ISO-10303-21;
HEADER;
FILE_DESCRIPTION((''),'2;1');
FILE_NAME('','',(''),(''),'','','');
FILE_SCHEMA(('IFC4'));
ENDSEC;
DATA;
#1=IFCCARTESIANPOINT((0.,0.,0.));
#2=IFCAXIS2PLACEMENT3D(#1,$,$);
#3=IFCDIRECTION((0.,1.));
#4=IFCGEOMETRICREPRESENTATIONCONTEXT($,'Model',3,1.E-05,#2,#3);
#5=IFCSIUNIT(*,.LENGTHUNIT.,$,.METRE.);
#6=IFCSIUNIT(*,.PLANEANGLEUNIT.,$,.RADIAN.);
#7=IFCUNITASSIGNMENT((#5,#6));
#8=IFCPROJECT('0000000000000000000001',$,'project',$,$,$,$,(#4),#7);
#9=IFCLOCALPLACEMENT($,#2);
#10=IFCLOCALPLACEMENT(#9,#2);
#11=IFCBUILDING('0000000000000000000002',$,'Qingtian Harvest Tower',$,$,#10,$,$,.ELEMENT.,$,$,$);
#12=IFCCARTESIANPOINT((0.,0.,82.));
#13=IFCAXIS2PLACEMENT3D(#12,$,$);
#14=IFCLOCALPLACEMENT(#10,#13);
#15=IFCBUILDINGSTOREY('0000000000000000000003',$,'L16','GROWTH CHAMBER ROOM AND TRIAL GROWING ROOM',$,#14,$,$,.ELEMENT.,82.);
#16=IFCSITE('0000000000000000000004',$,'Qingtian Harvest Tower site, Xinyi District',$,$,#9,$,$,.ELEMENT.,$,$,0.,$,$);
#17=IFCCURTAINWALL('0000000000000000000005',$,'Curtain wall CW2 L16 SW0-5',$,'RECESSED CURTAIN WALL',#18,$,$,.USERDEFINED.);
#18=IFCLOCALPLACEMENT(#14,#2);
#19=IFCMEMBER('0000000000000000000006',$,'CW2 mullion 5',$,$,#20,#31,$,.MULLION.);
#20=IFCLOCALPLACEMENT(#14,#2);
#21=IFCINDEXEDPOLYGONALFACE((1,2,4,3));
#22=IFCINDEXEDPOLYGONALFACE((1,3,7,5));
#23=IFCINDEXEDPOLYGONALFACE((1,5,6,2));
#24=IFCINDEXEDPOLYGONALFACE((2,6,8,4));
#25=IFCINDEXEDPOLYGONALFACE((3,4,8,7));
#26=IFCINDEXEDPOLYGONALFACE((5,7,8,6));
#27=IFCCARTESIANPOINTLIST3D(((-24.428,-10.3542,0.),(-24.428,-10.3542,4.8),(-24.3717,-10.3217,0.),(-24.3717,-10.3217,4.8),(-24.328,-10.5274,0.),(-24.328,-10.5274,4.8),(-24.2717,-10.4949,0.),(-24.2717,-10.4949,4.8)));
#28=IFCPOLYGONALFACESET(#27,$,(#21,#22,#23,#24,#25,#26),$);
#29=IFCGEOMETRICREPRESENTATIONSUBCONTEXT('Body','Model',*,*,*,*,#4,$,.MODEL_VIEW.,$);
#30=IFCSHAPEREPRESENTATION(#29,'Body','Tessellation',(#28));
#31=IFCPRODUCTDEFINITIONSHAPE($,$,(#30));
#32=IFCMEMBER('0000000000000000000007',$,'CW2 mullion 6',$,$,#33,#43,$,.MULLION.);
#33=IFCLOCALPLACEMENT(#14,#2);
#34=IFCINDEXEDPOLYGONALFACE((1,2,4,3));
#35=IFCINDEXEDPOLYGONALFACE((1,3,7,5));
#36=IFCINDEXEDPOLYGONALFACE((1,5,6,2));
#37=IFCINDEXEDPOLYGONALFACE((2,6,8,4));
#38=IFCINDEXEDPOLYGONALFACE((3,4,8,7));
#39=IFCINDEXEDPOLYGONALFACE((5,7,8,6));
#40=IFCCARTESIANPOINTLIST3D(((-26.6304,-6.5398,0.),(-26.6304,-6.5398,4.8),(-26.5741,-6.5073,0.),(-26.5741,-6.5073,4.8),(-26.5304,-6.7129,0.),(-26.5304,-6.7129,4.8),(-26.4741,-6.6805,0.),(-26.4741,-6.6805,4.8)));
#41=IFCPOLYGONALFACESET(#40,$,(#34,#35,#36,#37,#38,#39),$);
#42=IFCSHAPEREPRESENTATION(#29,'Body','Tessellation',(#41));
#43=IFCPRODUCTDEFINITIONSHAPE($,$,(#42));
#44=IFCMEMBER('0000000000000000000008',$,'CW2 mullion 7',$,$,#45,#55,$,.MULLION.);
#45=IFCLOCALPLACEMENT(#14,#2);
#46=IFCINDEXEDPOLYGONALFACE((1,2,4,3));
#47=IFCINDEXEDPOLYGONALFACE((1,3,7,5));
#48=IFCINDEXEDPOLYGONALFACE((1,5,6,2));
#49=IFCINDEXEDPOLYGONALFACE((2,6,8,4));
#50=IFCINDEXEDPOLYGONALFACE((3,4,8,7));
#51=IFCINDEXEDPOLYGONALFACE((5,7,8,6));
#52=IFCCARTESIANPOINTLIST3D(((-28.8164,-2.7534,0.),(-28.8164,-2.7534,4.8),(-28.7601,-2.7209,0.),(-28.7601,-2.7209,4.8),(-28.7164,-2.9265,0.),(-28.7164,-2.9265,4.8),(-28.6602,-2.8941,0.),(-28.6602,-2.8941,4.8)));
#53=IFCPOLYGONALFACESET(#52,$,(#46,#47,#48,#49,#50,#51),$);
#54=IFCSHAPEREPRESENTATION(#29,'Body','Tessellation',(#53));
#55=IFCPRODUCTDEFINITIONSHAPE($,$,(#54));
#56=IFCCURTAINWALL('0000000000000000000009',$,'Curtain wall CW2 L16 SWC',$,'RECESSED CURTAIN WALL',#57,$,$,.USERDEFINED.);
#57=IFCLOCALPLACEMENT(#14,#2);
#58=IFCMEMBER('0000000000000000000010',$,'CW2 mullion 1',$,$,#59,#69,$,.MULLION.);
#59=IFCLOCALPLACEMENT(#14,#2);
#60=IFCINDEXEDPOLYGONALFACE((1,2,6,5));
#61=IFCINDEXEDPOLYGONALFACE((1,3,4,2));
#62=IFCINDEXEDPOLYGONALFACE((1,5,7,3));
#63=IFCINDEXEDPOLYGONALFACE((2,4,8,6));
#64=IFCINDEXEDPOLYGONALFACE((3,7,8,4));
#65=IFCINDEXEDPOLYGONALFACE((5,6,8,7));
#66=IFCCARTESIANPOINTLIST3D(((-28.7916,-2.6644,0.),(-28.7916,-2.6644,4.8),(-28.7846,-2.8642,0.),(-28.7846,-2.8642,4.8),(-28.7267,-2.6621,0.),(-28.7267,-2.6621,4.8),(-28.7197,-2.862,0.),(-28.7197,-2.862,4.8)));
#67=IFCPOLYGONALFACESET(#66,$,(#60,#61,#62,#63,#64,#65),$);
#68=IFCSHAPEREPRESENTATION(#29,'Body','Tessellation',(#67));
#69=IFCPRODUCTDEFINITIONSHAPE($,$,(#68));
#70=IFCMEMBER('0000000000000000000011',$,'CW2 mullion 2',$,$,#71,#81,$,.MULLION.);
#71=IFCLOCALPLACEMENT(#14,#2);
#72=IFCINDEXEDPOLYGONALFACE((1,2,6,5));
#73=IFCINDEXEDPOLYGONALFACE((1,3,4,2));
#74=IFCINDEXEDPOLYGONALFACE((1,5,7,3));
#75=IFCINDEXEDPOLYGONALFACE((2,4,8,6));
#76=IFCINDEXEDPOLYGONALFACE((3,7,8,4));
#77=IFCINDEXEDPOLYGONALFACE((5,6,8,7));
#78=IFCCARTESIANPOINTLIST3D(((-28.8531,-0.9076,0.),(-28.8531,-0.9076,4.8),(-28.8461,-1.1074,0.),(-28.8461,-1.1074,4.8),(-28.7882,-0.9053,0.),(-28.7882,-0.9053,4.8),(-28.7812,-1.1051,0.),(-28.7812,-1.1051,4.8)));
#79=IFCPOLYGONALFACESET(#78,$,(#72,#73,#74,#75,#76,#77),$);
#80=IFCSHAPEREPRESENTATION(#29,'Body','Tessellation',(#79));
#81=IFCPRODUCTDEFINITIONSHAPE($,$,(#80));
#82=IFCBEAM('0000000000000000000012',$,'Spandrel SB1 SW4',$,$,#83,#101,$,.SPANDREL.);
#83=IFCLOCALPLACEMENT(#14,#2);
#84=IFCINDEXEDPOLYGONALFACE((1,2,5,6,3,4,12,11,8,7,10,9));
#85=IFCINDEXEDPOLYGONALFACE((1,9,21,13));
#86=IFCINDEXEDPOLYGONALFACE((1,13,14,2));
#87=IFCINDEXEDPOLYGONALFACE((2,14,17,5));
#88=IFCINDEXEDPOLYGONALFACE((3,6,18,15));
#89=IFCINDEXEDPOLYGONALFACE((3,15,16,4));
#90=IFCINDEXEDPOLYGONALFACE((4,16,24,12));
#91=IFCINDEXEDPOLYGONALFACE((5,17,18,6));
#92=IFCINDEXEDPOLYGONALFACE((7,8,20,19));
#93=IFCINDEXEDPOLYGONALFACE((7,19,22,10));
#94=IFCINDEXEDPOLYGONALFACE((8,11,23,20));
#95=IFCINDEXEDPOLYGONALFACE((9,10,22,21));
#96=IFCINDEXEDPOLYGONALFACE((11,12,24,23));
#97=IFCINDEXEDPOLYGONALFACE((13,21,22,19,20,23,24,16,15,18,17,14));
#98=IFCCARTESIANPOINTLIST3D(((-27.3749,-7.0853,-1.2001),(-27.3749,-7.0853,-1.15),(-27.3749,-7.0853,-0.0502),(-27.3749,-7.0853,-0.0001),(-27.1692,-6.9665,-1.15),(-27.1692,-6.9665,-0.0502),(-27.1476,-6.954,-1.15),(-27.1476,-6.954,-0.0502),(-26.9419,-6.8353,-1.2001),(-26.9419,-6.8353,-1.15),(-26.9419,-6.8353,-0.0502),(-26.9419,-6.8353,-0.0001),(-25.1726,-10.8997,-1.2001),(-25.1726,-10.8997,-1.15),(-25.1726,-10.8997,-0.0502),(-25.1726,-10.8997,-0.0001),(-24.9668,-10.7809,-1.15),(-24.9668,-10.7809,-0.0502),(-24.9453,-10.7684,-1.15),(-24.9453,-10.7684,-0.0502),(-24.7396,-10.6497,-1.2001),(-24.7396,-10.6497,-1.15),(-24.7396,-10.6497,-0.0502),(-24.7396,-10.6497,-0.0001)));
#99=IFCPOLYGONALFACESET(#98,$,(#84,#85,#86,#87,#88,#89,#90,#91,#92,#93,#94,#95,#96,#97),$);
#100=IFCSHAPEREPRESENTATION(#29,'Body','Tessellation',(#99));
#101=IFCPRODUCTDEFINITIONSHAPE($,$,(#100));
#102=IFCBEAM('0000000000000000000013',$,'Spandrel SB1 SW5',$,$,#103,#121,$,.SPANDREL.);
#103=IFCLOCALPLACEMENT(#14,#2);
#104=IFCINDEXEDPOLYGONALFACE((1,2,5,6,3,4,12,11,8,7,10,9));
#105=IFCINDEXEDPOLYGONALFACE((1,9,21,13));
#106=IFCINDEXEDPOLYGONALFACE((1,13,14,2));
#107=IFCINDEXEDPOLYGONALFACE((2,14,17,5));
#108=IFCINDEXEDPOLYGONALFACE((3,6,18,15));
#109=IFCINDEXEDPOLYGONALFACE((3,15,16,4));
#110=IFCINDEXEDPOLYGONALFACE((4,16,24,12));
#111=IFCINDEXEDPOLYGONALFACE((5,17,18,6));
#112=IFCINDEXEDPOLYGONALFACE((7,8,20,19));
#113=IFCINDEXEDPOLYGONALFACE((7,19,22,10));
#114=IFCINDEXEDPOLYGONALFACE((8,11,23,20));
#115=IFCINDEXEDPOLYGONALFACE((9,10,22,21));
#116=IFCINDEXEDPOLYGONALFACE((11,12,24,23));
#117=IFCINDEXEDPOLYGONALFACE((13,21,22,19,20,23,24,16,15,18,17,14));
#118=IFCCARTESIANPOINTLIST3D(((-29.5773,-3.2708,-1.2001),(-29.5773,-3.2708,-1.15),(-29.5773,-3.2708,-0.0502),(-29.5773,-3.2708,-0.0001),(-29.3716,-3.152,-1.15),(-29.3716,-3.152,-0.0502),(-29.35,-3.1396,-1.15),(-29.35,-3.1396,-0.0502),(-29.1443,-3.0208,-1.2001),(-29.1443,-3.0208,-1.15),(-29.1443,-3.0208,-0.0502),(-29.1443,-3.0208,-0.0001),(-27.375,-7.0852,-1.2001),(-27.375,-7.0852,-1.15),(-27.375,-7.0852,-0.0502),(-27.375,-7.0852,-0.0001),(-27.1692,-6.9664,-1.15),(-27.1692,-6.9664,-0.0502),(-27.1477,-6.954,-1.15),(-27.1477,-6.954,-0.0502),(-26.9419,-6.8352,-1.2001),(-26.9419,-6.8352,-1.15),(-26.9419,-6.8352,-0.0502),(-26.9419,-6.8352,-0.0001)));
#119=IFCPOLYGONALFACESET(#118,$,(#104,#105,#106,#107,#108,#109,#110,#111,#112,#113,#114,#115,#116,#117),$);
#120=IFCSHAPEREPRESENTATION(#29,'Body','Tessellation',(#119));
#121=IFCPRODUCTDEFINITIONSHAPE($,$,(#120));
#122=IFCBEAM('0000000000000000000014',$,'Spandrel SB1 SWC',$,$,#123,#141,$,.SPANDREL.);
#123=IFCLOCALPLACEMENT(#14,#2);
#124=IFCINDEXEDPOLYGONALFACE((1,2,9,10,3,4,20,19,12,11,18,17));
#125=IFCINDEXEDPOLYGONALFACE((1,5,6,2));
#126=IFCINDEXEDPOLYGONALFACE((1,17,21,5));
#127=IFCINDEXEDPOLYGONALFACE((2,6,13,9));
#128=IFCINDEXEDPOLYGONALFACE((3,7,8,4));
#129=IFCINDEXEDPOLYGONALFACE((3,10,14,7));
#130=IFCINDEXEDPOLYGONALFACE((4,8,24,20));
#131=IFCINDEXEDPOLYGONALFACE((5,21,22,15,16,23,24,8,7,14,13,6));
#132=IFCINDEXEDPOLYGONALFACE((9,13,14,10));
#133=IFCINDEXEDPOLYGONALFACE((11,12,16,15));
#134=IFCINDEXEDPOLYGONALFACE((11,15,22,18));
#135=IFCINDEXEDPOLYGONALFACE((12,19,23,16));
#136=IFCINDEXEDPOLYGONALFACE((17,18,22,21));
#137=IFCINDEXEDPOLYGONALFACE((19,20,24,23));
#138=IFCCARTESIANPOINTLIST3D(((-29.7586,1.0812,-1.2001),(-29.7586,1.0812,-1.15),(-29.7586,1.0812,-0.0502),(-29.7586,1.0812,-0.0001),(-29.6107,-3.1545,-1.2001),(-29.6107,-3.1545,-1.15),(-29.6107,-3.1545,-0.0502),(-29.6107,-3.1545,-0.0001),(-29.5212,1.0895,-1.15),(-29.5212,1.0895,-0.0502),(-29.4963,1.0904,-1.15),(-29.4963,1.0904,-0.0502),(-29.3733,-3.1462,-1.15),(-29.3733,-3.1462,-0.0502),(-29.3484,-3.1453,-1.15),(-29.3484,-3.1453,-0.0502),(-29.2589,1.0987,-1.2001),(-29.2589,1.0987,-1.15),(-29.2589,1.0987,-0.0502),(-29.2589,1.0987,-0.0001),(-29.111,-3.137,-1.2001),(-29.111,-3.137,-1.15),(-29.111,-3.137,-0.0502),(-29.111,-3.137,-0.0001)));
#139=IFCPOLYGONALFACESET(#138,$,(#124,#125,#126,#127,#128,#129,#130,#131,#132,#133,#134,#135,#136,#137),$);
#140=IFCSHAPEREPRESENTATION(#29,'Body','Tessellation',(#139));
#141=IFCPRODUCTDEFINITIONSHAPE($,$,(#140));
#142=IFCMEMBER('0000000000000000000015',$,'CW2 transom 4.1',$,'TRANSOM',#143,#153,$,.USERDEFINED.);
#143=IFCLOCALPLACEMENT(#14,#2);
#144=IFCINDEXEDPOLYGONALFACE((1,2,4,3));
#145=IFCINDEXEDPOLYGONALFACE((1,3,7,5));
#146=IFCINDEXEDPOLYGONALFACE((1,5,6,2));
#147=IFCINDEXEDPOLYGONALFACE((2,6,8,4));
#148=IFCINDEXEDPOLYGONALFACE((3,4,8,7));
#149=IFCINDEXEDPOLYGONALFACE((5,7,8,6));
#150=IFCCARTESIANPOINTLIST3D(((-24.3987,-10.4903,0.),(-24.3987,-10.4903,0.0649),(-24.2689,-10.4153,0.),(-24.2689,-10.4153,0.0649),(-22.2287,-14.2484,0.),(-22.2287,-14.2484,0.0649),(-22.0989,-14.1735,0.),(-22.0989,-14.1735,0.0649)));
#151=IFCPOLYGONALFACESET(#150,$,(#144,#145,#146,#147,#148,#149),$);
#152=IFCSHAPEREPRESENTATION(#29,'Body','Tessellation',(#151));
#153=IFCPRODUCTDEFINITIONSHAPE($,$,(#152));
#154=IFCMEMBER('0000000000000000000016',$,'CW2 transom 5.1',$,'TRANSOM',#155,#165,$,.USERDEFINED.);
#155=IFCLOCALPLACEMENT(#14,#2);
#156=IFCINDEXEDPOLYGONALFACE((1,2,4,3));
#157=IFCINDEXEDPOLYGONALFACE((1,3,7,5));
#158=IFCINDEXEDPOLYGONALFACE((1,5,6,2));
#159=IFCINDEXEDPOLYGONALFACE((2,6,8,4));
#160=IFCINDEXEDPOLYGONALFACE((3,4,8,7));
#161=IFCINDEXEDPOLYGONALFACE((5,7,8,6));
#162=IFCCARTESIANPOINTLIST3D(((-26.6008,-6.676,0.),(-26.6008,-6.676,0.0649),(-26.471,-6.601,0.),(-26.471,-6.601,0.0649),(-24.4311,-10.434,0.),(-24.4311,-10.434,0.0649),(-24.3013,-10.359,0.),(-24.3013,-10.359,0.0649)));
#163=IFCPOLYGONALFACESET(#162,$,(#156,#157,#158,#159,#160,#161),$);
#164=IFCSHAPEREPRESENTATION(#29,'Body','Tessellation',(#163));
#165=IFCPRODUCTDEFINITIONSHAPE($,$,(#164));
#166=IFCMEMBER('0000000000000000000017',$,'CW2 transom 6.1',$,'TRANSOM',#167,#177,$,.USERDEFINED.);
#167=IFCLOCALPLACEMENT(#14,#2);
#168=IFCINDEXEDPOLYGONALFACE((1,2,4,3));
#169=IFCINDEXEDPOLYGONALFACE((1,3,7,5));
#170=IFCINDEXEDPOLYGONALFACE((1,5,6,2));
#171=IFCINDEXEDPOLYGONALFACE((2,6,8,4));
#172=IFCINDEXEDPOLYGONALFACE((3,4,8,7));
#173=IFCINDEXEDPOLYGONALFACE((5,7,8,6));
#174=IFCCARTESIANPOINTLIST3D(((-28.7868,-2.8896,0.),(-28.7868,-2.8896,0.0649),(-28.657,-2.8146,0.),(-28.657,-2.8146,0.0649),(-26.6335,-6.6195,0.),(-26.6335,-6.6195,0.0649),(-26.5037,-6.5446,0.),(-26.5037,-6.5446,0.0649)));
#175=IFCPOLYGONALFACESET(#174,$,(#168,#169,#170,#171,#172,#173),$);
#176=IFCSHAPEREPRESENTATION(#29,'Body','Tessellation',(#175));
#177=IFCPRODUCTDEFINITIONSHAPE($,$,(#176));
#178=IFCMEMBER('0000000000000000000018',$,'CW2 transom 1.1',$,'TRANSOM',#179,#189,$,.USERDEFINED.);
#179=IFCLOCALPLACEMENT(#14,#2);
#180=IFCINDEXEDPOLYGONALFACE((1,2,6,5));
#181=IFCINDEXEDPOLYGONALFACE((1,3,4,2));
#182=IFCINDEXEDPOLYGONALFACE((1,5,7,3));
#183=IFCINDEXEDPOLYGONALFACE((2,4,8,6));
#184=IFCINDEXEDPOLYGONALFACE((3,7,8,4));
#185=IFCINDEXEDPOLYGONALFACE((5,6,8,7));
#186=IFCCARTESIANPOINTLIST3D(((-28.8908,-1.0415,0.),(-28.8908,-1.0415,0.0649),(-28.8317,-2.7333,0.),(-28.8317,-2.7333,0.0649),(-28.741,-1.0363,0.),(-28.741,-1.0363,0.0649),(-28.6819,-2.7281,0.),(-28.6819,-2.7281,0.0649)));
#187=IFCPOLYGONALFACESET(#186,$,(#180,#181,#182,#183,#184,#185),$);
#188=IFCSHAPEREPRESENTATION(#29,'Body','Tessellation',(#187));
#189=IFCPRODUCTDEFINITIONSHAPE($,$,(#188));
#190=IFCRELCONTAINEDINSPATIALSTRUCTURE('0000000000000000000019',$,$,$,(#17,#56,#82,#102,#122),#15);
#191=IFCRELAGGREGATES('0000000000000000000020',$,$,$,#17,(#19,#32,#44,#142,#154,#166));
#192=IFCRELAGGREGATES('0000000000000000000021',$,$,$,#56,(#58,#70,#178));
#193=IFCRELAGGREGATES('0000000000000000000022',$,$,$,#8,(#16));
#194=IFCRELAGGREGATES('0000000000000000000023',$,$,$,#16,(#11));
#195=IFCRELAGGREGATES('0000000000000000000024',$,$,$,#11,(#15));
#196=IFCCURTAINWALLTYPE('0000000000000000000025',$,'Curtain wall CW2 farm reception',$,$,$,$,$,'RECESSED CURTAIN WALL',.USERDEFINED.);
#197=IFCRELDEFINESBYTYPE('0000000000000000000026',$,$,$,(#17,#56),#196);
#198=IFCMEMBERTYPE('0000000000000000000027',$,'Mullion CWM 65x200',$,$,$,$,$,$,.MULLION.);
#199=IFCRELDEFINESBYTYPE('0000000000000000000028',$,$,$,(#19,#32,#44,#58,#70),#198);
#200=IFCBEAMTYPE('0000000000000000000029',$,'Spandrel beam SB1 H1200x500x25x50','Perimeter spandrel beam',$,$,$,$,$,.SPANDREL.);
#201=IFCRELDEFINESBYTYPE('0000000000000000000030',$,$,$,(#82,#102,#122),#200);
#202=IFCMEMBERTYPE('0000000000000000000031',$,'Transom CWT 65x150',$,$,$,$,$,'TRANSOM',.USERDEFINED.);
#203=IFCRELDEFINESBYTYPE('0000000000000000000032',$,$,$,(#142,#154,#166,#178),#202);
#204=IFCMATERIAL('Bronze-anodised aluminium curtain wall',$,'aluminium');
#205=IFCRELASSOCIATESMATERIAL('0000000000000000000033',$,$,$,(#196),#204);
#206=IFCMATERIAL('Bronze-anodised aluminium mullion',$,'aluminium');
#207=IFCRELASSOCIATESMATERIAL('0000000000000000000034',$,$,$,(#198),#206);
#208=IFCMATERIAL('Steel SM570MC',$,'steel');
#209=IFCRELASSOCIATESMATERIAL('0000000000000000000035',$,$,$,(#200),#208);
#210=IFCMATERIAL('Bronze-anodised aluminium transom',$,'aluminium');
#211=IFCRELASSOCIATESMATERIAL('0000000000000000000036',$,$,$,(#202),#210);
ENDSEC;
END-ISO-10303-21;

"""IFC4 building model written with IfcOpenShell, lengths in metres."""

from ifc_helpers import new_model, si_unit, direction, frame, origin, origin_2d, place, context, subcontext, project, spatial, rectangle, i_section, extrude, material, material_profile, profile_set, type_object, element, aggregate, save


model = new_model("IFC4")

# Units and contexts
model_context = context("Model", 3, precision=1e-05, world=origin(), true_north=direction((0.0, 1.0)))
body_context = subcontext(model_context, "Body", "Model", "MODEL_VIEW")
ifc_project = project(units=[si_unit("LENGTHUNIT", "METRE"), si_unit("PLANEANGLEUNIT", "RADIAN")], contexts=[model_context])

# Site, building, storey
site_placement = place(None, origin())
site = spatial("IfcSite", under=ifc_project, at=site_placement, Name="Qingtian Harvest Tower site, Xinyi District", CompositionType="ELEMENT", RefElevation=0.0)
building_placement = place(site_placement, origin())
building = spatial("IfcBuilding", under=site, at=building_placement, Name="Qingtian Harvest Tower", CompositionType="ELEMENT")
storey_placement = place(building_placement, frame((0.0, 0.0, 82.0)))
storey = spatial("IfcBuildingStorey", under=building, at=storey_placement, Name="L16", Description="GROWTH CHAMBER ROOM AND TRIAL GROWING ROOM", CompositionType="ELEMENT", Elevation=82.0)

# Curtain walls, members
ifc_material_1 = material(Name="Bronze-anodised aluminium curtain wall", Category="aluminium")
curtain_wall_type = type_object("IfcCurtainWallType", Name="Curtain wall CW2 farm reception", ElementType="RECESSED CURTAIN WALL", PredefinedType="USERDEFINED", material=ifc_material_1)
curtain_wall_1_placement = place(storey_placement, origin())
curtain_wall_1 = element("IfcCurtainWall", 1, at=curtain_wall_1_placement, inside=storey, type_object=curtain_wall_type, Name="Curtain wall CW2 L16 SW0-5", ObjectType="RECESSED CURTAIN WALL", PredefinedType="USERDEFINED")
ifc_material_2 = material(Name="Bronze-anodised aluminium mullion", Category="aluminium")
ifc_material_profile_1 = material_profile(ifc_material_2, rectangle(XDim=0.0649, YDim=0.2, at=origin_2d()), Name="AL 65x200")
ifc_profile_set_1 = profile_set([ifc_material_profile_1], Name="Bronze-anodised aluminium mullion")
member_type_1 = type_object("IfcMemberType", Name="Mullion CWM 65x200", PredefinedType="MULLION", material=ifc_profile_set_1)
member_1_placement = place(storey_placement, frame((-24.3499, -10.4246, 0.0), z_axis=(0.0, 0.0, 1.0), x_axis=(-0.866025, -0.5, 0.0)))
member_1 = element("IfcMember", 2, at=member_1_placement, type_object=member_type_1, Name="CW2 mullion 5", PredefinedType="MULLION", context=body_context, shape_type="SweptSolid", body=[
    extrude(rectangle(XDim=0.0649, YDim=0.2, at=origin_2d()), origin(), (0.0, 0.0, 1.0), 4.8),
])
member_2_placement = place(storey_placement, frame((-26.5522, -6.6101, 0.0), z_axis=(0.0, 0.0, 1.0), x_axis=(-0.866025, -0.5, 0.0)))
member_2 = element("IfcMember", 3, at=member_2_placement, type_object=member_type_1, Name="CW2 mullion 6", PredefinedType="MULLION", context=body_context, shape_type="SweptSolid", body=[
    extrude(rectangle(XDim=0.0649, YDim=0.2, at=origin_2d()), origin(), (0.0, 0.0, 1.0), 4.8),
])
member_3_placement = place(storey_placement, frame((-28.7383, -2.8237, 0.0), z_axis=(0.0, 0.0, 1.0), x_axis=(-0.866025, -0.5, 0.0)))
member_3 = element("IfcMember", 4, at=member_3_placement, type_object=member_type_1, Name="CW2 mullion 7", PredefinedType="MULLION", context=body_context, shape_type="SweptSolid", body=[
    extrude(rectangle(XDim=0.0649, YDim=0.2, at=origin_2d()), origin(), (0.0, 0.0, 1.0), 4.8),
])
curtain_wall_2_placement = place(storey_placement, origin())
curtain_wall_2 = element("IfcCurtainWall", 5, at=curtain_wall_2_placement, inside=storey, type_object=curtain_wall_type, Name="Curtain wall CW2 L16 SWC", ObjectType="RECESSED CURTAIN WALL", PredefinedType="USERDEFINED")
member_4_placement = place(storey_placement, frame((-28.7556, -2.7632, 0.0), z_axis=(0.0, 0.0, 1.0), x_axis=(-0.999391, -0.034899, 0.0)))
member_4 = element("IfcMember", 6, at=member_4_placement, type_object=member_type_1, Name="CW2 mullion 1", PredefinedType="MULLION", context=body_context, shape_type="SweptSolid", body=[
    extrude(rectangle(XDim=0.0649, YDim=0.2, at=origin_2d()), origin(), (0.0, 0.0, 1.0), 4.8),
])
member_5_placement = place(storey_placement, frame((-28.8171, -1.0063, 0.0), z_axis=(0.0, 0.0, 1.0), x_axis=(-0.999391, -0.034899, 0.0)))
member_5 = element("IfcMember", 7, at=member_5_placement, type_object=member_type_1, Name="CW2 mullion 2", PredefinedType="MULLION", context=body_context, shape_type="SweptSolid", body=[
    extrude(rectangle(XDim=0.0649, YDim=0.2, at=origin_2d()), origin(), (0.0, 0.0, 1.0), 4.8),
])

# Beams
ifc_material_3 = material(Name="Steel SM570MC", Category="steel")
ifc_material_profile_2 = material_profile(ifc_material_3, i_section(OverallWidth=0.5, OverallDepth=1.2, WebThickness=0.0249, FlangeThickness=0.05, at=origin_2d()), Name="H1200x500x25x50")
ifc_profile_set_2 = profile_set([ifc_material_profile_2], Name="Steel SM570MC")
beam_type_1 = type_object("IfcBeamType", Name="Spandrel beam SB1 H1200x500x25x50", Description="Perimeter spandrel beam", PredefinedType="SPANDREL", material=ifc_profile_set_2)
for number, where, z_axis, x_axis, name in (
    (8, (-24.9561, -10.7747, -0.6001), (-0.50002, 0.866014, 0.0), (-0.866014, -0.50002, 0.0), "Spandrel SB1 SW4"),
    (9, (-27.1584, -6.9602, -0.6001), (-0.50002, 0.866014, 0.0), (-0.866014, -0.50002, 0.0), "Spandrel SB1 SW5"),
):
    element("IfcBeam", number, at=place(storey_placement, frame(where, z_axis=z_axis, x_axis=x_axis)), inside=storey, type_object=beam_type_1, Name=name, PredefinedType="SPANDREL", context=body_context, shape_type="SweptSolid", body=[
        extrude(i_section(OverallWidth=0.5, OverallDepth=1.2, WebThickness=0.0249, FlangeThickness=0.05, at=origin_2d()), origin(), (0.0, 0.0, 1.0), 4.4045),
    ])
beam_1_placement = place(storey_placement, frame((-29.3608, -3.1458, -0.6001), z_axis=(-0.034909, 0.999391, 0.0), x_axis=(-0.999391, -0.034909, 0.0)))
element("IfcBeam", 10, at=beam_1_placement, inside=storey, type_object=beam_type_1, Name="Spandrel SB1 SWC", PredefinedType="SPANDREL", context=body_context, shape_type="SweptSolid", body=[
    extrude(i_section(OverallWidth=0.5, OverallDepth=1.2, WebThickness=0.0249, FlangeThickness=0.05, at=origin_2d()), origin(), (0.0, 0.0, 1.0), 4.2383),
])

# Members
ifc_material_4 = material(Name="Bronze-anodised aluminium transom", Category="aluminium")
ifc_material_profile_3 = material_profile(ifc_material_4, rectangle(XDim=0.1499, YDim=0.0649, at=origin_2d()), Name="AL 65x150")
ifc_profile_set_3 = profile_set([ifc_material_profile_3], Name="Bronze-anodised aluminium transom")
member_type_2 = type_object("IfcMemberType", Name="Transom CWT 65x150", ElementType="TRANSOM", PredefinedType="USERDEFINED", material=ifc_profile_set_3)
member_6_placement = place(storey_placement, frame((-22.1638, -14.2109, 0.0325), z_axis=(-0.500036, 0.866005, 0.0), x_axis=(-0.866005, -0.500036, 0.0)))
member_6 = element("IfcMember", 11, at=member_6_placement, type_object=member_type_2, Name="CW2 transom 4.1", ObjectType="TRANSOM", PredefinedType="USERDEFINED", context=body_context, shape_type="SweptSolid", body=[
    extrude(rectangle(XDim=0.1499, YDim=0.0649, at=origin_2d()), origin(), (0.0, 0.0, 1.0), 4.3396),
])
member_7_placement = place(storey_placement, frame((-24.3662, -10.3965, 0.0325), z_axis=(-0.499994, 0.866029, 0.0), x_axis=(-0.866029, -0.499994, 0.0)))
member_7 = element("IfcMember", 12, at=member_7_placement, type_object=member_type_2, Name="CW2 transom 5.1", ObjectType="TRANSOM", PredefinedType="USERDEFINED", context=body_context, shape_type="SweptSolid", body=[
    extrude(rectangle(XDim=0.1499, YDim=0.0649, at=origin_2d()), origin(), (0.0, 0.0, 1.0), 4.3394),
])
member_8_placement = place(storey_placement, frame((-26.5686, -6.582, 0.0325), z_axis=(-0.499968, 0.866044, 0.0), x_axis=(-0.866044, -0.499968, 0.0)))
member_8 = element("IfcMember", 13, at=member_8_placement, type_object=member_type_2, Name="CW2 transom 6.1", ObjectType="TRANSOM", PredefinedType="USERDEFINED", context=body_context, shape_type="SweptSolid", body=[
    extrude(rectangle(XDim=0.1499, YDim=0.0649, at=origin_2d()), origin(), (0.0, 0.0, 1.0), 4.3069),
])
member_9_placement = place(storey_placement, frame((-28.7568, -2.7307, 0.0325), z_axis=(-0.034899, 0.999391, 0.0), x_axis=(-0.999391, -0.034899, 0.0)))
member_9 = element("IfcMember", 14, at=member_9_placement, type_object=member_type_2, Name="CW2 transom 1.1", ObjectType="TRANSOM", PredefinedType="USERDEFINED", context=body_context, shape_type="SweptSolid", body=[
    extrude(rectangle(XDim=0.1499, YDim=0.0649, at=origin_2d()), origin(), (0.0, 0.0, 1.0), 1.6929),
])

aggregate(curtain_wall_1, [member_1, member_2, member_3, member_6, member_7, member_8])
aggregate(curtain_wall_2, [member_4, member_5, member_9])

save(model, "model.ifc")
